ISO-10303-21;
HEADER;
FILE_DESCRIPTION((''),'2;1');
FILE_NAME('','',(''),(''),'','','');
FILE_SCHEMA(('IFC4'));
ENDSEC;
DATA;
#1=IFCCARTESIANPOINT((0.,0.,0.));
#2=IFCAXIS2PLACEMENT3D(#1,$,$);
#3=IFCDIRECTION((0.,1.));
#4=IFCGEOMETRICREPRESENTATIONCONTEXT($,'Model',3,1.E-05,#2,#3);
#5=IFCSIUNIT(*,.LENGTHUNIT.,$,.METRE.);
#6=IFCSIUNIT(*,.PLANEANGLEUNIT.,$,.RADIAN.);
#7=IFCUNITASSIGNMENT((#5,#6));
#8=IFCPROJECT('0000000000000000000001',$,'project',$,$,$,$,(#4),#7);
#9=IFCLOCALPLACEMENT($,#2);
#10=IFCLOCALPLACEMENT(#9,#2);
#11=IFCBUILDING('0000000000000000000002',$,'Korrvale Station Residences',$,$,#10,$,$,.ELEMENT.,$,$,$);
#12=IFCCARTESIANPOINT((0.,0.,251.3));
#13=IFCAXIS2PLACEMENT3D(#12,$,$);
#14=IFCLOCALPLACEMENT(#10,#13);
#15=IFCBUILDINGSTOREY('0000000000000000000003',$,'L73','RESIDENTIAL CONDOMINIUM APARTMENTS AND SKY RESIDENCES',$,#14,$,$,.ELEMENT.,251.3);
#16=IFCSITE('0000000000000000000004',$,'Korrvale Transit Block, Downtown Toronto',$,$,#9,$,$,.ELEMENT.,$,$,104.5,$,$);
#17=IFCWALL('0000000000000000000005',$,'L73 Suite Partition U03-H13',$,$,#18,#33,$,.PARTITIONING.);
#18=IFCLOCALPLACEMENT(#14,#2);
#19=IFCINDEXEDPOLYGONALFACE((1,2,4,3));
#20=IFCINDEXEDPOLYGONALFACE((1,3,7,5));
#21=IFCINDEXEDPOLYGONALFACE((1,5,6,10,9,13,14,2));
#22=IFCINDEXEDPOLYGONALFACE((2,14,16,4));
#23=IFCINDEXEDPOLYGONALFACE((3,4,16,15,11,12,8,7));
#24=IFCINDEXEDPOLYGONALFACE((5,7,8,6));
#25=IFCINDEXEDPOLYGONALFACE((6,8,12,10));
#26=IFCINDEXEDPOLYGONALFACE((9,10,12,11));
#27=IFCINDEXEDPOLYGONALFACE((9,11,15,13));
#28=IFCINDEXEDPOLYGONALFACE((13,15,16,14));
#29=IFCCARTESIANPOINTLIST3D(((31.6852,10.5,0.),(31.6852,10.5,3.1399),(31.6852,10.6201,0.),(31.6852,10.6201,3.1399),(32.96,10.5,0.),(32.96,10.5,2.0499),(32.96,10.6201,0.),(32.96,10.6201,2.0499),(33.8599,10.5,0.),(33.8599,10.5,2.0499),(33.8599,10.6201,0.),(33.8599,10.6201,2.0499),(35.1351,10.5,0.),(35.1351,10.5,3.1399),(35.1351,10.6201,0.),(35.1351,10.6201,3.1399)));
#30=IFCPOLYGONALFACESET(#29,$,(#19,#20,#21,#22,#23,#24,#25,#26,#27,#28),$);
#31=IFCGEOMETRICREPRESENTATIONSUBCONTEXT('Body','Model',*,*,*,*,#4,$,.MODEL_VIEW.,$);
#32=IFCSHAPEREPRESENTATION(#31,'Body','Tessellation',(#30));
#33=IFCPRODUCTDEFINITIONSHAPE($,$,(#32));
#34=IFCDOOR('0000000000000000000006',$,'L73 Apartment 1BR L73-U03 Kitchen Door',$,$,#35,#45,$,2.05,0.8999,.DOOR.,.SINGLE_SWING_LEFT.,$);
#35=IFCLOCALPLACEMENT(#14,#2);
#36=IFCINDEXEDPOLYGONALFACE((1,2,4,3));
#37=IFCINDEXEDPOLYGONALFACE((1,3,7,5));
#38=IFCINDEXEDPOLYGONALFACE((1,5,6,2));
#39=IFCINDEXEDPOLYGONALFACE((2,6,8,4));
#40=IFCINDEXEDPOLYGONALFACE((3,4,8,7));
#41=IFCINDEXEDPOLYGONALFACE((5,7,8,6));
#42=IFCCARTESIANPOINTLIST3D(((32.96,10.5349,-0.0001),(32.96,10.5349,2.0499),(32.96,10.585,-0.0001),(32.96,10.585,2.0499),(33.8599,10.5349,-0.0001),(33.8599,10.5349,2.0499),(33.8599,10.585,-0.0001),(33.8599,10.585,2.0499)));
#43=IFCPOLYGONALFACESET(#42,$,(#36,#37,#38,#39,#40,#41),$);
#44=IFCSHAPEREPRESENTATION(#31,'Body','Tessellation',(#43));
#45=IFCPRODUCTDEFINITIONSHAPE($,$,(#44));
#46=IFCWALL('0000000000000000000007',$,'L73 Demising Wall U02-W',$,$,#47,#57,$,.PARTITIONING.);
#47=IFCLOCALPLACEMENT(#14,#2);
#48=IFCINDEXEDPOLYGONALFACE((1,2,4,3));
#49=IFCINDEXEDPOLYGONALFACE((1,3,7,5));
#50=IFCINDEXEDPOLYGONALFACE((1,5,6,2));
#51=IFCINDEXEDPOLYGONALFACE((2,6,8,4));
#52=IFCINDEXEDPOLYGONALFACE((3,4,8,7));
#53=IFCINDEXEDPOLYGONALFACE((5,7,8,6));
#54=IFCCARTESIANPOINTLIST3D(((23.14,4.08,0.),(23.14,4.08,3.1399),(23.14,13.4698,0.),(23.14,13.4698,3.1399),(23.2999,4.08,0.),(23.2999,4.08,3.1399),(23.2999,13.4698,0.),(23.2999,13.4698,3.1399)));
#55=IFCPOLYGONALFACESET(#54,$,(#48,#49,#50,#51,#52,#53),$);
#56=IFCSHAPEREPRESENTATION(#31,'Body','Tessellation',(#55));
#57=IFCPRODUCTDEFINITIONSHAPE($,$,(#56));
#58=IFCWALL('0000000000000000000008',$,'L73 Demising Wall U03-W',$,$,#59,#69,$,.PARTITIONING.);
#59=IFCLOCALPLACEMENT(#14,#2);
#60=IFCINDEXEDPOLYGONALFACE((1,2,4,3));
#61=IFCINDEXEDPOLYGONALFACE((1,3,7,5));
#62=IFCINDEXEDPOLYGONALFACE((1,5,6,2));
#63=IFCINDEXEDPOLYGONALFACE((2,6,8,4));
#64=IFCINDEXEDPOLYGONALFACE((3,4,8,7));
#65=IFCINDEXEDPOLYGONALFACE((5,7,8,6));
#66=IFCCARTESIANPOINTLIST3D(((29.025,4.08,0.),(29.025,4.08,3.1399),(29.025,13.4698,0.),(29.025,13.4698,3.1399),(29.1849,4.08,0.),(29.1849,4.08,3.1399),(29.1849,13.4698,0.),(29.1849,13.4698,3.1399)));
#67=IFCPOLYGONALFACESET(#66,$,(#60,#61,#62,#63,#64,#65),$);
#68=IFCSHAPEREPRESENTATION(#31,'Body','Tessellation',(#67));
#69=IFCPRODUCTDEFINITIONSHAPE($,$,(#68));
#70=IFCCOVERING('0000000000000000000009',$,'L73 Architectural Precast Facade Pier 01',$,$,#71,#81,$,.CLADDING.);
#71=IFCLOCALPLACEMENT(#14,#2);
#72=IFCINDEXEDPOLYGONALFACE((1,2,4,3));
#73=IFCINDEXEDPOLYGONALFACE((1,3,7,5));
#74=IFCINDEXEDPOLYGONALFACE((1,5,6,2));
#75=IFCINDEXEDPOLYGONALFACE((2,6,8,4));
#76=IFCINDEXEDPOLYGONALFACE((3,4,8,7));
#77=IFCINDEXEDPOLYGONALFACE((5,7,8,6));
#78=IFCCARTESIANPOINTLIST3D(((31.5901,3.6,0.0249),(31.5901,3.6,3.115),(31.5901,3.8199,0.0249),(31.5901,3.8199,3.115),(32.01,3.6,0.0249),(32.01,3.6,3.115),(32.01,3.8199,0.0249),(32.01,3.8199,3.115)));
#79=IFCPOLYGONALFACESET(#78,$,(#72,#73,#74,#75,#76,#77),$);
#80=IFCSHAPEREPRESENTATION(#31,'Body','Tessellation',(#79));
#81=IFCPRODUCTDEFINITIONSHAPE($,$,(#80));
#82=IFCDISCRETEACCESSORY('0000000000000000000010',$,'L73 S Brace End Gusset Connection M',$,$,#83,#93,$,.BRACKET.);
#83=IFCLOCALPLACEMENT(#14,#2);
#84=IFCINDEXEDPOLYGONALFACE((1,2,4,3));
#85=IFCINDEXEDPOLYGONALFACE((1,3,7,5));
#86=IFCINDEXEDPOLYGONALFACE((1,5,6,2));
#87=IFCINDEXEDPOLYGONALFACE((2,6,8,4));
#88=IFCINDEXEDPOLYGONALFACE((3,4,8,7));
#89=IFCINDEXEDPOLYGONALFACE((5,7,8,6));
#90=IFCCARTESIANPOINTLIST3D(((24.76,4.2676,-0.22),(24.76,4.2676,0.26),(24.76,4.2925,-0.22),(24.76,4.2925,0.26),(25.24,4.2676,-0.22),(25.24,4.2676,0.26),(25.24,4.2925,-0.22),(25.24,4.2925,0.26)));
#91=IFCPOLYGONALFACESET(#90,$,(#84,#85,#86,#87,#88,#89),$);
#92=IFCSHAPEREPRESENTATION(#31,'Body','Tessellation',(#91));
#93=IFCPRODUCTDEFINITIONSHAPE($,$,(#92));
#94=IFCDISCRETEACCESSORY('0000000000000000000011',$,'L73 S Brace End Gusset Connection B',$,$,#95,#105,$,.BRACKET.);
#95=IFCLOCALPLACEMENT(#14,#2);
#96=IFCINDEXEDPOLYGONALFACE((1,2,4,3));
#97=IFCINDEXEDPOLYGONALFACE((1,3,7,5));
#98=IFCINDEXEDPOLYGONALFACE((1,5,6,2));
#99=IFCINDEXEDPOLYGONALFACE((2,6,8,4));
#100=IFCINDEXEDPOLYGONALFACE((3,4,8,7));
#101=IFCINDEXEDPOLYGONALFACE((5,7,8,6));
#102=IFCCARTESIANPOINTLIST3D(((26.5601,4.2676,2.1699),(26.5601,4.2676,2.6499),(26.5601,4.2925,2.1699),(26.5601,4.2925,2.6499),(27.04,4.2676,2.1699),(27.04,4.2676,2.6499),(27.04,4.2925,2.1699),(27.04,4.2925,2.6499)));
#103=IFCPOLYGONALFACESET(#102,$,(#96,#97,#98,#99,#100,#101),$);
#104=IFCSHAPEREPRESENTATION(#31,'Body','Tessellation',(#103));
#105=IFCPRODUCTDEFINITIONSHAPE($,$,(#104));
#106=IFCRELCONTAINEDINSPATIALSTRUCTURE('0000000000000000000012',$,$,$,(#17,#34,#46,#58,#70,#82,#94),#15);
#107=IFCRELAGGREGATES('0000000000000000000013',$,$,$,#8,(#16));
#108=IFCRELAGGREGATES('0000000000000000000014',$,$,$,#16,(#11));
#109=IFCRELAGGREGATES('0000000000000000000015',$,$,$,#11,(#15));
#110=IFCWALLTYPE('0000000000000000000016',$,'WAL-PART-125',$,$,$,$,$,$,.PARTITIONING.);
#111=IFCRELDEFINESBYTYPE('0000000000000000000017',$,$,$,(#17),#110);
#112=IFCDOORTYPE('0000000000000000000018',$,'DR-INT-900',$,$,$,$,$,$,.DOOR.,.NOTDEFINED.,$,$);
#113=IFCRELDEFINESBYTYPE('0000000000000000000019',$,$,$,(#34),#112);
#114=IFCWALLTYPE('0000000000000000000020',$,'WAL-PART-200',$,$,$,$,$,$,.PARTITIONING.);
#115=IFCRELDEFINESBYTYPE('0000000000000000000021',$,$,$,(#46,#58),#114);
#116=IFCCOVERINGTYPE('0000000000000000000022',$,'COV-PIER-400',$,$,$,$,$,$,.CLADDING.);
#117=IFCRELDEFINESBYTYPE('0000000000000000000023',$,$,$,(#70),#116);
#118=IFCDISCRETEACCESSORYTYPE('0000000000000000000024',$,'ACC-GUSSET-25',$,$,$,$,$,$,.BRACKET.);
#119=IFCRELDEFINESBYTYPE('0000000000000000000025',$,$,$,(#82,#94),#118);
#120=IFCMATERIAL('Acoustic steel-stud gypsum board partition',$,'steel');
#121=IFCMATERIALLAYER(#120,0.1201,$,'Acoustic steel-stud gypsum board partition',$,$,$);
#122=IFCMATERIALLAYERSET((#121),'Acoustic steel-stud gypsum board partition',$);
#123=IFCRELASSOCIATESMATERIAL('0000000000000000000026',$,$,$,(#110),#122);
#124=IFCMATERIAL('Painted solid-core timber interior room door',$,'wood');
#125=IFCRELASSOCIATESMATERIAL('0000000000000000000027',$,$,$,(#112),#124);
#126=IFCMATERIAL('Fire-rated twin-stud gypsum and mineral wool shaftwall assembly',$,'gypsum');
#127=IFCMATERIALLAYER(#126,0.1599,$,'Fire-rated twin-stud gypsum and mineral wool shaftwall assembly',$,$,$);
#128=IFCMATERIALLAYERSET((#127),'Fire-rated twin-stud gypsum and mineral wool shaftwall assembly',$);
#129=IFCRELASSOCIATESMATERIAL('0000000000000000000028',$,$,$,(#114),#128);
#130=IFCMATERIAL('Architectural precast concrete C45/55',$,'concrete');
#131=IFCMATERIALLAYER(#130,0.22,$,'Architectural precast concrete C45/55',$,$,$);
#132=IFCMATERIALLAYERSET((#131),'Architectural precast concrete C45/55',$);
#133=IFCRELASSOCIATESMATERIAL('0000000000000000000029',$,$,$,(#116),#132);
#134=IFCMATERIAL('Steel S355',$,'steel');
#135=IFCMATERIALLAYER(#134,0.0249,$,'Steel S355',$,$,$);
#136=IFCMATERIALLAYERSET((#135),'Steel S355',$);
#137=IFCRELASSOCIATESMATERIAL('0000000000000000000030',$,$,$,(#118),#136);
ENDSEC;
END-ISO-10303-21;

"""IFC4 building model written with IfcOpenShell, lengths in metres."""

from ifc_helpers import new_model, si_unit, direction, frame, frame_2d, origin, origin_2d, place, context, subcontext, project, spatial, rectangle, extrude, material, layer, layer_set, type_object, element, fill, save


model = new_model("IFC4")

# Units and contexts
model_context = context("Model", 3, precision=1e-05, world=origin(), true_north=direction((0.0, 1.0)))
body_context = subcontext(model_context, "Body", "Model", "MODEL_VIEW")
ifc_project = project(units=[si_unit("LENGTHUNIT", "METRE"), si_unit("PLANEANGLEUNIT", "RADIAN")], contexts=[model_context])

# Site, building, storey
site_placement = place(None, origin())
site = spatial("IfcSite", under=ifc_project, at=site_placement, Name="Korrvale Transit Block, Downtown Toronto", CompositionType="ELEMENT", RefElevation=104.5)
building_placement = place(site_placement, origin())
building = spatial("IfcBuilding", under=site, at=building_placement, Name="Korrvale Station Residences", CompositionType="ELEMENT")
storey_placement = place(building_placement, frame((0.0, 0.0, 251.3)))
storey = spatial("IfcBuildingStorey", under=building, at=storey_placement, Name="L73", Description="RESIDENTIAL CONDOMINIUM APARTMENTS AND SKY RESIDENCES", CompositionType="ELEMENT", Elevation=251.3)

# Shared definitions
ifc_material_1 = material(Name="Steel S355", Category="steel")

# Shared definitions
ifc_material_2 = material(Name="Acoustic steel-stud gypsum board partition", Category="steel")
ifc_layer_1 = layer(ifc_material_2, 0.1201, Name="Acoustic steel-stud gypsum board partition")
ifc_layer_set_1 = layer_set([ifc_layer_1], Name="Acoustic steel-stud gypsum board partition")
wall_type_1 = type_object("IfcWallType", Name="WAL-PART-125", PredefinedType="PARTITIONING", material=ifc_layer_set_1)

# Shared definitions
ifc_material_3 = material(Name="Painted solid-core timber interior room door", Category="wood")
door_type_1 = type_object("IfcDoorType", Name="DR-INT-900", OperationType="NOTDEFINED", PredefinedType="DOOR", material=ifc_material_3)

# Wall, opening, door
wall_1_placement = place(storey_placement, frame((31.6851, 10.5601, 0.0), z_axis=(0.0, 0.0, 1.0), x_axis=(1.0, 0.0, 0.0)))
wall_1 = element("IfcWall", 1, at=wall_1_placement, inside=storey, type_object=wall_type_1, Name="L73 Suite Partition U03-H13", PredefinedType="PARTITIONING", context=body_context, shape_type="SweptSolid", body=[
    extrude(rectangle(XDim=3.45, YDim=0.1201, at=frame_2d((1.7251, 0.0))), origin(), (0.0, 0.0, 1.0), 3.1399),
])
opening_1_placement = place(wall_1_placement, frame((1.2749, 0.0, 0.0)))
opening_1 = element("IfcOpeningElement", 2, at=opening_1_placement, cuts=wall_1, PredefinedType="OPENING", context=body_context, shape_type="SweptSolid", body=[
    extrude(rectangle(XDim=0.8999, YDim=2.05, at=frame_2d((0.45, 1.0249))), frame((0.0, 0.0701, 0.0), z_axis=(0.0, -1.0, 0.0), x_axis=(1.0, 0.0, 0.0)), (0.0, 0.0, 1.0), 0.1401),
])
door_1_placement = place(opening_1_placement, origin())
door_1 = element("IfcDoor", 3, at=door_1_placement, inside=storey, type_object=door_type_1, Name="L73 Apartment 1BR L73-U03 Kitchen Door", OperationType="SINGLE_SWING_LEFT", OverallHeight=2.05, OverallWidth=0.8999, PredefinedType="DOOR", context=body_context, shape_type="SweptSolid", body=[
    extrude(rectangle(XDim=0.8999, YDim=2.05, at=frame_2d((0.45, 1.0249))), frame((0.0, 0.0249, 0.0), z_axis=(0.0, -1.0, 0.0), x_axis=(1.0, 0.0, 0.0)), (0.0, 0.0, 1.0), 0.05),
])
fill(opening_1, door_1)

# Walls
ifc_material_4 = material(Name="Fire-rated twin-stud gypsum and mineral wool shaftwall assembly", Category="gypsum")
ifc_layer_2 = layer(ifc_material_4, 0.1599, Name="Fire-rated twin-stud gypsum and mineral wool shaftwall assembly")
ifc_layer_set_2 = layer_set([ifc_layer_2], Name="Fire-rated twin-stud gypsum and mineral wool shaftwall assembly")
wall_type_2 = type_object("IfcWallType", Name="WAL-PART-200", PredefinedType="PARTITIONING", material=ifc_layer_set_2)
for number, where, z_axis, x_axis, name in (
    (4, (23.22, 4.0801, 0.0), (0.0, 0.0, 1.0), (0.0, 1.0, 0.0), "L73 Demising Wall U02-W"),
    (5, (29.105, 4.0801, 0.0), (0.0, 0.0, 1.0), (0.0, 1.0, 0.0), "L73 Demising Wall U03-W"),
):
    element("IfcWall", number, at=place(storey_placement, frame(where, z_axis=z_axis, x_axis=x_axis)), inside=storey, type_object=wall_type_2, Name=name, PredefinedType="PARTITIONING", context=body_context, shape_type="SweptSolid", body=[
        extrude(rectangle(XDim=9.3899, YDim=0.1599, at=frame_2d((4.6948, 0.0))), origin(), (0.0, 0.0, 1.0), 3.1399),
    ])

# Covering
ifc_material_5 = material(Name="Architectural precast concrete C45/55", Category="concrete")
ifc_layer_3 = layer(ifc_material_5, 0.22, Name="Architectural precast concrete C45/55")
ifc_layer_set_3 = layer_set([ifc_layer_3], Name="Architectural precast concrete C45/55")
covering_type = type_object("IfcCoveringType", Name="COV-PIER-400", PredefinedType="CLADDING", material=ifc_layer_set_3)
covering_placement = place(storey_placement, frame((31.8, 3.71, 0.0249), z_axis=(0.0, 0.0, 1.0), x_axis=(1.0, 0.0, 0.0)))
element("IfcCovering", 6, at=covering_placement, inside=storey, type_object=covering_type, Name="L73 Architectural Precast Facade Pier 01", PredefinedType="CLADDING", context=body_context, shape_type="SweptSolid", body=[
    extrude(rectangle(XDim=0.4199, YDim=0.22, at=origin_2d()), origin(), (0.0, 0.0, 1.0), 3.0901),
])

# Discrete accessories
ifc_layer_4 = layer(ifc_material_1, 0.0249, Name="Steel S355")
ifc_layer_set_4 = layer_set([ifc_layer_4], Name="Steel S355")
discrete_accessory_type = type_object("IfcDiscreteAccessoryType", Name="ACC-GUSSET-25", PredefinedType="BRACKET", material=ifc_layer_set_4)
for number, where, z_axis, x_axis, name in (
    (7, (25.0, 4.28, -0.22), (0.0, 0.0, 1.0), (1.0, 0.0, 0.0), "L73 S Brace End Gusset Connection M"),
    (8, (26.8, 4.28, 2.1699), (0.0, 0.0, 1.0), (1.0, 0.0, 0.0), "L73 S Brace End Gusset Connection B"),
):
    element("IfcDiscreteAccessory", number, at=place(storey_placement, frame(where, z_axis=z_axis, x_axis=x_axis)), inside=storey, type_object=discrete_accessory_type, Name=name, PredefinedType="BRACKET", context=body_context, shape_type="SweptSolid", body=[
        extrude(rectangle(XDim=0.48, YDim=0.0249, at=origin_2d()), origin(), (0.0, 0.0, 1.0), 0.48),
    ])

save(model, "model.ifc")
